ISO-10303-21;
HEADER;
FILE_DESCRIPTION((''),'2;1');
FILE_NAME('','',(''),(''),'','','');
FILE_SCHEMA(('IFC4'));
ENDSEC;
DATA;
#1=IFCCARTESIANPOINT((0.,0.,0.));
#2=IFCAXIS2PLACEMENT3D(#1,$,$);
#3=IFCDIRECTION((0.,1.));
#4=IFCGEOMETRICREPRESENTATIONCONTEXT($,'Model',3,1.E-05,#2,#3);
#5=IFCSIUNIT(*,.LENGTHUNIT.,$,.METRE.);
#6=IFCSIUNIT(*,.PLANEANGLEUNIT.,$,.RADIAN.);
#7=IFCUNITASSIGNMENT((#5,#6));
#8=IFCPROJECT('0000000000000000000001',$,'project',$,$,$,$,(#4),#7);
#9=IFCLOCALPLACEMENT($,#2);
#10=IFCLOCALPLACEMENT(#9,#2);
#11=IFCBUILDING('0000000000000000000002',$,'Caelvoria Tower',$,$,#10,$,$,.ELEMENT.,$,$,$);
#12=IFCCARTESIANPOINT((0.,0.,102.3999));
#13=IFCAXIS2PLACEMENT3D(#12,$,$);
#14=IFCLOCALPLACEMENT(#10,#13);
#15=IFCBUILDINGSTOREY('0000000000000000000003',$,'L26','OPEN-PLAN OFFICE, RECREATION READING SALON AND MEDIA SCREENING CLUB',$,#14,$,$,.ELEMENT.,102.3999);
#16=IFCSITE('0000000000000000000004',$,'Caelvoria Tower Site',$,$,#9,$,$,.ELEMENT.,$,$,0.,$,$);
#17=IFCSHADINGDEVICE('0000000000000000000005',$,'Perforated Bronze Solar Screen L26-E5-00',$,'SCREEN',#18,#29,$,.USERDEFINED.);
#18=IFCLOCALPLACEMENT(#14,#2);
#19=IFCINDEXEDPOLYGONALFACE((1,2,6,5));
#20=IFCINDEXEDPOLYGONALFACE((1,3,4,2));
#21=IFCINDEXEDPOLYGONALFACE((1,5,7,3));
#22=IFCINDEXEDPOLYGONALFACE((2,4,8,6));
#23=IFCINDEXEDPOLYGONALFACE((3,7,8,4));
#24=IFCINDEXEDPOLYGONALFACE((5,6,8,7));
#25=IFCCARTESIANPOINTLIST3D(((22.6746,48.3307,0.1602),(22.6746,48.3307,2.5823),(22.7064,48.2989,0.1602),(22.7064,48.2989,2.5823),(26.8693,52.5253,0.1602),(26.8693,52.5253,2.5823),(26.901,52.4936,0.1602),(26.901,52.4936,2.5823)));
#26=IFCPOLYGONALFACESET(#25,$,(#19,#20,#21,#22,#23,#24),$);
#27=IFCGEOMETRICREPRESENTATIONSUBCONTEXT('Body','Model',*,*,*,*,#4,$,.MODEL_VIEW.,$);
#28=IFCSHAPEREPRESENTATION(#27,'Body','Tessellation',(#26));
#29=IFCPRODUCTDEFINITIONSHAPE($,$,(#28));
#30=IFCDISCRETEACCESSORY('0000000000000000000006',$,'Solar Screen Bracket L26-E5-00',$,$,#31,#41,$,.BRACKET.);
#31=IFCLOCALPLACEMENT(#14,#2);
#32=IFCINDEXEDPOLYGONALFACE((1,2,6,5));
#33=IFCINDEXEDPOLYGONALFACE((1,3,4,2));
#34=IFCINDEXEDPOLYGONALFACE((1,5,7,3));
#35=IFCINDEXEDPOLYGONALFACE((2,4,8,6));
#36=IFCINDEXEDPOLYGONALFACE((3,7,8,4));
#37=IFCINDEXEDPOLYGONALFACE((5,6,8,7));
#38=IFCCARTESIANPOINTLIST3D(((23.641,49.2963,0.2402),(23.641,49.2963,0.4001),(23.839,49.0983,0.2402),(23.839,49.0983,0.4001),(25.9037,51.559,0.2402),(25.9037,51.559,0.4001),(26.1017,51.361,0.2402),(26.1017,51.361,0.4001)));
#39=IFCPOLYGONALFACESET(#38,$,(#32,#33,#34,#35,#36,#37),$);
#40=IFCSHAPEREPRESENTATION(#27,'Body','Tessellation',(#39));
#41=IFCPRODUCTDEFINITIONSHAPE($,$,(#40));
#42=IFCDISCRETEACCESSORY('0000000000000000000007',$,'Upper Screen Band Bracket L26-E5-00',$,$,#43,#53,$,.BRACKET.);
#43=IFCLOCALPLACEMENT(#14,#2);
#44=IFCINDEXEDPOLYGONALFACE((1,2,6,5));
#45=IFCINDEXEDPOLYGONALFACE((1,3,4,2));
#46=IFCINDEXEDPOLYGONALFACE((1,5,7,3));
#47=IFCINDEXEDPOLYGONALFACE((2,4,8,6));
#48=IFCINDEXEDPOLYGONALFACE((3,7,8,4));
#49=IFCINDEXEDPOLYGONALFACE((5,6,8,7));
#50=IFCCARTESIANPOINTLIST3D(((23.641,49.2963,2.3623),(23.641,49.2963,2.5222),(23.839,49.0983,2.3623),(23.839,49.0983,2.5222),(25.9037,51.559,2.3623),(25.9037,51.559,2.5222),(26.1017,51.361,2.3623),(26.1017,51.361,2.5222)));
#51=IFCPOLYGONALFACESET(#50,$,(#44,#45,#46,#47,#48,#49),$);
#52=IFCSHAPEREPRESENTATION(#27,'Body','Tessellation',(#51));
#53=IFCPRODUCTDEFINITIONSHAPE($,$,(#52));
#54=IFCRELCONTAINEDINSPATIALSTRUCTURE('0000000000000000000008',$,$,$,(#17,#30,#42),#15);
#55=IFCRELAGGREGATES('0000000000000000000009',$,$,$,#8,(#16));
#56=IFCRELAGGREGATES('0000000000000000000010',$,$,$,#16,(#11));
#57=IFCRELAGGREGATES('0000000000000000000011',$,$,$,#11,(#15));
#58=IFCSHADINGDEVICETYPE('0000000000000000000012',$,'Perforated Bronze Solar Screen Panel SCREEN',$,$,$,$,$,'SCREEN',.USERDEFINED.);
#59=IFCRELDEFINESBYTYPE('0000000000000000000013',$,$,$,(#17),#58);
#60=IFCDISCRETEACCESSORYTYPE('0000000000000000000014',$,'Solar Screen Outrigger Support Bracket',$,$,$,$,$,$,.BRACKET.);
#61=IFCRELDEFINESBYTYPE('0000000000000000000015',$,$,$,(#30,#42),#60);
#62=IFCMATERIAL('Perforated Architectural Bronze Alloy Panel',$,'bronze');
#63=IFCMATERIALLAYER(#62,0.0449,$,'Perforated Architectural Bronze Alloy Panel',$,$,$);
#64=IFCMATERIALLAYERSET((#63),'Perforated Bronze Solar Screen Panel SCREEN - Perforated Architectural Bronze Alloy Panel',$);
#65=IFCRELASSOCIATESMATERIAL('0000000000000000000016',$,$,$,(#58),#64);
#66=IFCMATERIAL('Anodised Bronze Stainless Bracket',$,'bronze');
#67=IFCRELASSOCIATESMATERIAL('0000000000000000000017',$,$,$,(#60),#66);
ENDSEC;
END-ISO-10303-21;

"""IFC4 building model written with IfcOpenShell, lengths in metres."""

from ifc_helpers import new_model, si_unit, direction, frame, origin, origin_2d, place, context, subcontext, project, spatial, rectangle, extrude, material, layer, layer_set, type_object, element, save


model = new_model("IFC4")

# Units and contexts
model_context = context("Model", 3, precision=1e-05, world=origin(), true_north=direction((0.0, 1.0)))
body_context = subcontext(model_context, "Body", "Model", "MODEL_VIEW")
ifc_project = project(units=[si_unit("LENGTHUNIT", "METRE"), si_unit("PLANEANGLEUNIT", "RADIAN")], contexts=[model_context])

# Site, building, storey
site_placement = place(None, origin())
site = spatial("IfcSite", under=ifc_project, at=site_placement, Name="Caelvoria Tower Site", CompositionType="ELEMENT", RefElevation=0.0)
building_placement = place(site_placement, origin())
building = spatial("IfcBuilding", under=site, at=building_placement, Name="Caelvoria Tower", CompositionType="ELEMENT")
storey_placement = place(building_placement, frame((0.0, 0.0, 102.3999)))
storey = spatial("IfcBuildingStorey", under=building, at=storey_placement, Name="L26", Description="OPEN-PLAN OFFICE, RECREATION READING SALON AND MEDIA SCREENING CLUB", CompositionType="ELEMENT", Elevation=102.3999)

# Shading device
ifc_material_1 = material(Name="Perforated Architectural Bronze Alloy Panel", Category="bronze")
ifc_layer_1 = layer(ifc_material_1, 0.0449, Name="Perforated Architectural Bronze Alloy Panel")
ifc_layer_set_1 = layer_set([ifc_layer_1], Name="Perforated Bronze Solar Screen Panel SCREEN - Perforated Architectural Bronze Alloy Panel")
shading_device_type = type_object("IfcShadingDeviceType", Name="Perforated Bronze Solar Screen Panel SCREEN", ElementType="SCREEN", PredefinedType="USERDEFINED", material=ifc_layer_set_1)
shading_device_placement = place(storey_placement, frame((24.7878, 50.4121, 0.1602), z_axis=(0.0, 0.0, 1.0), x_axis=(-0.707107, -0.707107, 0.0)))
element("IfcShadingDevice", 1, at=shading_device_placement, inside=storey, type_object=shading_device_type, Name="Perforated Bronze Solar Screen L26-E5-00", ObjectType="SCREEN", PredefinedType="USERDEFINED", context=body_context, shape_type="SweptSolid", body=[
    extrude(rectangle(XDim=5.9321, YDim=0.0449, at=origin_2d()), origin(), (0.0, 0.0, 1.0), 2.4221),
])

# Discrete accessories
ifc_material_2 = material(Name="Anodised Bronze Stainless Bracket", Category="bronze")
discrete_accessory_type = type_object("IfcDiscreteAccessoryType", Name="Solar Screen Outrigger Support Bracket", PredefinedType="BRACKET", material=ifc_material_2)
for number, where, z_axis, x_axis, name in (
    (2, (24.8713, 50.3286, 0.2402), (0.0, 0.0, 1.0), (-0.707107, -0.707107, 0.0), "Solar Screen Bracket L26-E5-00"),
    (3, (24.8713, 50.3286, 2.3623), (0.0, 0.0, 1.0), (-0.707107, -0.707107, 0.0), "Upper Screen Band Bracket L26-E5-00"),
):
    element("IfcDiscreteAccessory", number, at=place(storey_placement, frame(where, z_axis=z_axis, x_axis=x_axis)), inside=storey, type_object=discrete_accessory_type, Name=name, PredefinedType="BRACKET", context=body_context, shape_type="SweptSolid", body=[
        extrude(rectangle(XDim=3.2, YDim=0.28, at=origin_2d()), origin(), (0.0, 0.0, 1.0), 0.1599),
    ])

save(model, "model.ifc")
